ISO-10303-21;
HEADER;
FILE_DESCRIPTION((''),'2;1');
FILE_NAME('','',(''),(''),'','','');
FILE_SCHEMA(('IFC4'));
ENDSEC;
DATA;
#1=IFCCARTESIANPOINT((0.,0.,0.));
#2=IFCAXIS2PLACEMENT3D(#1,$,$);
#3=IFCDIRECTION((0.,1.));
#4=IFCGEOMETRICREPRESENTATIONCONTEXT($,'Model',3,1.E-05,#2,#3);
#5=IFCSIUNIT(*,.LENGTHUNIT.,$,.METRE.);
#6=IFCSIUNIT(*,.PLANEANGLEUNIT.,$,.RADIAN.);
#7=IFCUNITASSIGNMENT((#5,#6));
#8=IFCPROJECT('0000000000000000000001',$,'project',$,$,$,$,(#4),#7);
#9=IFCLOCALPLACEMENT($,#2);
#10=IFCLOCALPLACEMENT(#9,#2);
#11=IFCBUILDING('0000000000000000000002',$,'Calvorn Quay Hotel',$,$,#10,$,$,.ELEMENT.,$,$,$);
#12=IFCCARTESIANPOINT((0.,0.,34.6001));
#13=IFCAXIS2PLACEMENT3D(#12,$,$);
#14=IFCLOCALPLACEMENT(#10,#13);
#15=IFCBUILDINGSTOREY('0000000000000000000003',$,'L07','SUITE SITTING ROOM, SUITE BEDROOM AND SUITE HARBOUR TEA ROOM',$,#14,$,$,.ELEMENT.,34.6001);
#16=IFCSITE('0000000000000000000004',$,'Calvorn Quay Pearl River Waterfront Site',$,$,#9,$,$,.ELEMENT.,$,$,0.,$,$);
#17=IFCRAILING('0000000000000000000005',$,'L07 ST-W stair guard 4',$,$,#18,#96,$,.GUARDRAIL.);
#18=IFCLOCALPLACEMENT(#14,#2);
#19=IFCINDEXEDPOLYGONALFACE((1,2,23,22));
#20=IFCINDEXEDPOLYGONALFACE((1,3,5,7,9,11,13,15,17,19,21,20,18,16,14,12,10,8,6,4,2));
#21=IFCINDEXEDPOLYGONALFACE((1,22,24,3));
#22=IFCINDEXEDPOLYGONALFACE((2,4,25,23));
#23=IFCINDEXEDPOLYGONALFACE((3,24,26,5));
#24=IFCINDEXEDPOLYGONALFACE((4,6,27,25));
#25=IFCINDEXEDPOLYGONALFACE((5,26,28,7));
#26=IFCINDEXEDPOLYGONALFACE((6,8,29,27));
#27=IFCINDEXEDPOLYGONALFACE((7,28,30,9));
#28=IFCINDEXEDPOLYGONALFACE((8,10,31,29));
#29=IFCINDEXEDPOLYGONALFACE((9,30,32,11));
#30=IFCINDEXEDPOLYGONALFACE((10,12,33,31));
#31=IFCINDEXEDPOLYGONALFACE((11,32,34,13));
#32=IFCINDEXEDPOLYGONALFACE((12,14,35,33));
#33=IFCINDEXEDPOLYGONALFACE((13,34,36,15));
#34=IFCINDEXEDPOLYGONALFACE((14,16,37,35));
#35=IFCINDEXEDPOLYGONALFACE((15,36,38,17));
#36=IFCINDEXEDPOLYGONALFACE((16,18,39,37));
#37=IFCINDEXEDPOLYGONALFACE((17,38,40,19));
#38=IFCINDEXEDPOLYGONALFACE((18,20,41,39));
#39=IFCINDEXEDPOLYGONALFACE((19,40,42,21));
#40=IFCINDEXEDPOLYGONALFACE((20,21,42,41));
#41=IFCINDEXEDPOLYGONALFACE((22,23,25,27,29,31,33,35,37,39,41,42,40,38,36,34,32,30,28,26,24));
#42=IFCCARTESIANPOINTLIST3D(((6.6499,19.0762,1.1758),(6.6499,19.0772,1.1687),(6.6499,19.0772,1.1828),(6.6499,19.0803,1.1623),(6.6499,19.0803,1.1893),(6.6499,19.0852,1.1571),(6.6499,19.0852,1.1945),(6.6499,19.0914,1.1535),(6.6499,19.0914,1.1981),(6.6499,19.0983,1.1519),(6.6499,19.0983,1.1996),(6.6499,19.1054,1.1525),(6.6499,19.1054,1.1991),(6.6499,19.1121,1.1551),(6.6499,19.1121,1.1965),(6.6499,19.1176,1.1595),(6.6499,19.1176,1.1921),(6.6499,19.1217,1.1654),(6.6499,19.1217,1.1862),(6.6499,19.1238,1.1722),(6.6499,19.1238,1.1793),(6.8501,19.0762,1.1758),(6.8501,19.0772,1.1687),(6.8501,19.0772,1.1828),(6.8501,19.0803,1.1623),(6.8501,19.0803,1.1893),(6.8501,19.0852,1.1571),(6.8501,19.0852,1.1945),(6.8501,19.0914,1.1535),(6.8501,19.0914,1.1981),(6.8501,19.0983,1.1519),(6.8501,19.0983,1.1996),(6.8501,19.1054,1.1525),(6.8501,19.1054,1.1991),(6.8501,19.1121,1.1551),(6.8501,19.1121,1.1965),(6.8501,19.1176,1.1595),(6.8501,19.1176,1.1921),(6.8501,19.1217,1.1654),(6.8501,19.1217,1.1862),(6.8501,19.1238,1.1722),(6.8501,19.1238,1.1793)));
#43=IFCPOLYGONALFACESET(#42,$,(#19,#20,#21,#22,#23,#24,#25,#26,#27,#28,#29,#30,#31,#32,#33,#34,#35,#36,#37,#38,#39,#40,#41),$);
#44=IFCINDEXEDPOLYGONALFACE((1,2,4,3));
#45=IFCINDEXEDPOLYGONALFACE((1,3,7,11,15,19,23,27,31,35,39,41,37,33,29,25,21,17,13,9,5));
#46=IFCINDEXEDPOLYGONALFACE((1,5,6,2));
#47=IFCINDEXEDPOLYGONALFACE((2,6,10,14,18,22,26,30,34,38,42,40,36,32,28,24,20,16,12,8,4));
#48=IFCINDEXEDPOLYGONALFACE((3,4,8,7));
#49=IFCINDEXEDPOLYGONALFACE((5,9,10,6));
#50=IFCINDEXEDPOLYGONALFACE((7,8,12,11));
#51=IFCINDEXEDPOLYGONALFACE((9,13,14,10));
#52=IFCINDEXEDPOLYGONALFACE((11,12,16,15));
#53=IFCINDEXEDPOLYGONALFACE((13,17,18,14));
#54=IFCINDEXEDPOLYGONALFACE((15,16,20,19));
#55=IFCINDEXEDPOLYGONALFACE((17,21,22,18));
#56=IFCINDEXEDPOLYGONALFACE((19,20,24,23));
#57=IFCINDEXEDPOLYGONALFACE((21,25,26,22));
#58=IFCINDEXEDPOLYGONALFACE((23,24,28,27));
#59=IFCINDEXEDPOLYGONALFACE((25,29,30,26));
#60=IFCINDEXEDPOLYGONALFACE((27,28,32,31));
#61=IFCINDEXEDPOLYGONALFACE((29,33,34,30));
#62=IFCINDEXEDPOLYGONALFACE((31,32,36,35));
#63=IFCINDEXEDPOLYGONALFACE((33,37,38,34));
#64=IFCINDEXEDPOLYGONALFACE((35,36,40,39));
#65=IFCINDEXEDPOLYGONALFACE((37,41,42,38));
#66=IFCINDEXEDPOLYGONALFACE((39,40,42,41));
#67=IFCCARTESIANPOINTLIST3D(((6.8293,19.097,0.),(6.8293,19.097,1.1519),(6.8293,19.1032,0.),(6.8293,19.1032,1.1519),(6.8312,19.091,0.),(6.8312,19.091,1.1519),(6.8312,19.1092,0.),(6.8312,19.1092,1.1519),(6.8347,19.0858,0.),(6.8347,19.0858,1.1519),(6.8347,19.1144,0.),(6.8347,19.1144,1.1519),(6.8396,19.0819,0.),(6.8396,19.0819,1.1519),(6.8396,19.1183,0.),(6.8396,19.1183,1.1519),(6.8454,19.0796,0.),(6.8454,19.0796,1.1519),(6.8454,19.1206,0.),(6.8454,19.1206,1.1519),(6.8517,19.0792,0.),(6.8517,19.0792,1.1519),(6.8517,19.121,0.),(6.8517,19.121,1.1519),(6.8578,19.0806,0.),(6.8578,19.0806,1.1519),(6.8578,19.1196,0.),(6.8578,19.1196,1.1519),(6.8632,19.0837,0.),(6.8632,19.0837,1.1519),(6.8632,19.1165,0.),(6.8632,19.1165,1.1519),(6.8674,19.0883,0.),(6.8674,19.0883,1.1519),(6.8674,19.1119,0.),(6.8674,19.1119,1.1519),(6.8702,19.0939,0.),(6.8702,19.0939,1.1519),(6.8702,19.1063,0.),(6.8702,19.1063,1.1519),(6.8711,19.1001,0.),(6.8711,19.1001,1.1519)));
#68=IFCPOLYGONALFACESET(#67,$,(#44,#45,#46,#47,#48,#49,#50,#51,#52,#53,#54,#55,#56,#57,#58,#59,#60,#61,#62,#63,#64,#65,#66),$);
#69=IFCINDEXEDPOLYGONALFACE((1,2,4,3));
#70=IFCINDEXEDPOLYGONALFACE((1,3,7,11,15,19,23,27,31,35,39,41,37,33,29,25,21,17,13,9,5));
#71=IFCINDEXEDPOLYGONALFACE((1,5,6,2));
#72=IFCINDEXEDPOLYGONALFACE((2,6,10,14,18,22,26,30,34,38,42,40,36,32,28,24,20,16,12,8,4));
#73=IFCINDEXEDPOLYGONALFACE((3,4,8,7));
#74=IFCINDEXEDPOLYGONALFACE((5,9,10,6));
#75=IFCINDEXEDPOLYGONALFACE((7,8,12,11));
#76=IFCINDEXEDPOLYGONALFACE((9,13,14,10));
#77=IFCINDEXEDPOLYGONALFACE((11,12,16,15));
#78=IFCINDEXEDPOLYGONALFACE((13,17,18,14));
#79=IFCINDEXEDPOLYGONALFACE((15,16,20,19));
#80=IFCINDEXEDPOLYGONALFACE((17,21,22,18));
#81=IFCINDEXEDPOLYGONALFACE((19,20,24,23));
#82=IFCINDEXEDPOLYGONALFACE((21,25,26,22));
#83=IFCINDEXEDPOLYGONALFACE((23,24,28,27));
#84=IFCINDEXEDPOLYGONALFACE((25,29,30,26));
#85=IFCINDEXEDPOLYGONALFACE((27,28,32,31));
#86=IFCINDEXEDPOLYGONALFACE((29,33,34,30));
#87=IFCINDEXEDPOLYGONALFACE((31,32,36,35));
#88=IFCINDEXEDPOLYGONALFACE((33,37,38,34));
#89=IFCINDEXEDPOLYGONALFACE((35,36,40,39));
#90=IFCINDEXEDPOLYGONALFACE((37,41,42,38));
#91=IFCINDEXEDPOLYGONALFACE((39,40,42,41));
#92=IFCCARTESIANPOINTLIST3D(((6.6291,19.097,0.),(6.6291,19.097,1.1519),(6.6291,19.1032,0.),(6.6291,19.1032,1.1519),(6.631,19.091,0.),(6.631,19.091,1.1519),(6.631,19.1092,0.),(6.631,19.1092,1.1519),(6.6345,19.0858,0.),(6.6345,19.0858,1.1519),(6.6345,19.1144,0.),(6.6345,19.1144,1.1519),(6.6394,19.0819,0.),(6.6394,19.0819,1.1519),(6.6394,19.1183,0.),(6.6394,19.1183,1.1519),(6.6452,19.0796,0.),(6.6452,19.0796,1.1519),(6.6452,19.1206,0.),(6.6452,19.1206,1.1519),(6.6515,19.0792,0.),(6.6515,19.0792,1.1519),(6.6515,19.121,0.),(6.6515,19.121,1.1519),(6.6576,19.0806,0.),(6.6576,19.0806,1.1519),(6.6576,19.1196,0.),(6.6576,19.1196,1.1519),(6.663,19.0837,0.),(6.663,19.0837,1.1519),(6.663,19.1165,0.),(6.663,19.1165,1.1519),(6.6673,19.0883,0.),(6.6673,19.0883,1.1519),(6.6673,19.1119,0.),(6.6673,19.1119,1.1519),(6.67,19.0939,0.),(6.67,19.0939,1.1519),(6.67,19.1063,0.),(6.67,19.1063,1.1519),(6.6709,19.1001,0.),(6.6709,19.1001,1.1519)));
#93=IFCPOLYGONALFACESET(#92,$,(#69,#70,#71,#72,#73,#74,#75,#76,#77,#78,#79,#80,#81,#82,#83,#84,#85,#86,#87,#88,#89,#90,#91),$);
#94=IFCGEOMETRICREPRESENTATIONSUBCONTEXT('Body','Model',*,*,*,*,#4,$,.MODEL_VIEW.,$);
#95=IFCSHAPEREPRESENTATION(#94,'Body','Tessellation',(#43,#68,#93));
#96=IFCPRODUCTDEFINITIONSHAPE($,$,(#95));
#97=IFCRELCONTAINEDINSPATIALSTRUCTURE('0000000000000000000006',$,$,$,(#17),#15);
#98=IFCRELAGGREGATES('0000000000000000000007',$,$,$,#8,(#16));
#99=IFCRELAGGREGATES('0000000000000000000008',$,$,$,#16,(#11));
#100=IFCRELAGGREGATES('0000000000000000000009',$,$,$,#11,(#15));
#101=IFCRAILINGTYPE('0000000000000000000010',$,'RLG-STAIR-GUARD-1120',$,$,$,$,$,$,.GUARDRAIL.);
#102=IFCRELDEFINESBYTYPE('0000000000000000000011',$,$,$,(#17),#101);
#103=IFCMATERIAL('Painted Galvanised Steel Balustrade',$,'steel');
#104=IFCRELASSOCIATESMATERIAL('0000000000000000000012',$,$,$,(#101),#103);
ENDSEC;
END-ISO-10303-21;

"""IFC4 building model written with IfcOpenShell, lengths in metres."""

from ifc_helpers import new_model, si_unit, direction, frame, origin, origin_2d, place, context, subcontext, project, spatial, circle, extrude, material, type_object, element, save


model = new_model("IFC4")

# Units and contexts
model_context = context("Model", 3, precision=1e-05, world=origin(), true_north=direction((0.0, 1.0)))
body_context = subcontext(model_context, "Body", "Model", "MODEL_VIEW")
ifc_project = project(units=[si_unit("LENGTHUNIT", "METRE"), si_unit("PLANEANGLEUNIT", "RADIAN")], contexts=[model_context])

# Site, building, storey
site_placement = place(None, origin())
site = spatial("IfcSite", under=ifc_project, at=site_placement, Name="Calvorn Quay Pearl River Waterfront Site", CompositionType="ELEMENT", RefElevation=0.0)
building_placement = place(site_placement, origin())
building = spatial("IfcBuilding", under=site, at=building_placement, Name="Calvorn Quay Hotel", CompositionType="ELEMENT")
storey_placement = place(building_placement, frame((0.0, 0.0, 34.6001)))
storey = spatial("IfcBuildingStorey", under=building, at=storey_placement, Name="L07", Description="SUITE SITTING ROOM, SUITE BEDROOM AND SUITE HARBOUR TEA ROOM", CompositionType="ELEMENT", Elevation=34.6001)

# Railing
ifc_material_1 = material(Name="Painted Galvanised Steel Balustrade", Category="steel")
railing_type_1 = type_object("IfcRailingType", Name="RLG-STAIR-GUARD-1120", PredefinedType="GUARDRAIL", material=ifc_material_1)
railing_1_placement = place(storey_placement, frame((6.8501, 19.1001, 0.0)))
element("IfcRailing", 1, at=railing_1_placement, inside=storey, type_object=railing_type_1, Name="L07 ST-W stair guard 4", PredefinedType="GUARDRAIL", context=body_context, shape_type="SweptSolid", body=[
    extrude(circle(Radius=0.0239, at=origin_2d()), frame((0.0, 0.0, 1.1758), z_axis=(-1.0, 0.0, 0.0), x_axis=(0.0, -1.0, 0.0)), (0.0, 0.0, 1.0), 0.2002),
    extrude(circle(Radius=0.021, at=origin_2d()), origin(), (0.0, 0.0, 1.0), 1.1519),
    extrude(circle(Radius=0.021, at=origin_2d()), frame((-0.2002, 0.0, 0.0)), (0.0, 0.0, 1.0), 1.1519),
])

save(model, "model.ifc")
